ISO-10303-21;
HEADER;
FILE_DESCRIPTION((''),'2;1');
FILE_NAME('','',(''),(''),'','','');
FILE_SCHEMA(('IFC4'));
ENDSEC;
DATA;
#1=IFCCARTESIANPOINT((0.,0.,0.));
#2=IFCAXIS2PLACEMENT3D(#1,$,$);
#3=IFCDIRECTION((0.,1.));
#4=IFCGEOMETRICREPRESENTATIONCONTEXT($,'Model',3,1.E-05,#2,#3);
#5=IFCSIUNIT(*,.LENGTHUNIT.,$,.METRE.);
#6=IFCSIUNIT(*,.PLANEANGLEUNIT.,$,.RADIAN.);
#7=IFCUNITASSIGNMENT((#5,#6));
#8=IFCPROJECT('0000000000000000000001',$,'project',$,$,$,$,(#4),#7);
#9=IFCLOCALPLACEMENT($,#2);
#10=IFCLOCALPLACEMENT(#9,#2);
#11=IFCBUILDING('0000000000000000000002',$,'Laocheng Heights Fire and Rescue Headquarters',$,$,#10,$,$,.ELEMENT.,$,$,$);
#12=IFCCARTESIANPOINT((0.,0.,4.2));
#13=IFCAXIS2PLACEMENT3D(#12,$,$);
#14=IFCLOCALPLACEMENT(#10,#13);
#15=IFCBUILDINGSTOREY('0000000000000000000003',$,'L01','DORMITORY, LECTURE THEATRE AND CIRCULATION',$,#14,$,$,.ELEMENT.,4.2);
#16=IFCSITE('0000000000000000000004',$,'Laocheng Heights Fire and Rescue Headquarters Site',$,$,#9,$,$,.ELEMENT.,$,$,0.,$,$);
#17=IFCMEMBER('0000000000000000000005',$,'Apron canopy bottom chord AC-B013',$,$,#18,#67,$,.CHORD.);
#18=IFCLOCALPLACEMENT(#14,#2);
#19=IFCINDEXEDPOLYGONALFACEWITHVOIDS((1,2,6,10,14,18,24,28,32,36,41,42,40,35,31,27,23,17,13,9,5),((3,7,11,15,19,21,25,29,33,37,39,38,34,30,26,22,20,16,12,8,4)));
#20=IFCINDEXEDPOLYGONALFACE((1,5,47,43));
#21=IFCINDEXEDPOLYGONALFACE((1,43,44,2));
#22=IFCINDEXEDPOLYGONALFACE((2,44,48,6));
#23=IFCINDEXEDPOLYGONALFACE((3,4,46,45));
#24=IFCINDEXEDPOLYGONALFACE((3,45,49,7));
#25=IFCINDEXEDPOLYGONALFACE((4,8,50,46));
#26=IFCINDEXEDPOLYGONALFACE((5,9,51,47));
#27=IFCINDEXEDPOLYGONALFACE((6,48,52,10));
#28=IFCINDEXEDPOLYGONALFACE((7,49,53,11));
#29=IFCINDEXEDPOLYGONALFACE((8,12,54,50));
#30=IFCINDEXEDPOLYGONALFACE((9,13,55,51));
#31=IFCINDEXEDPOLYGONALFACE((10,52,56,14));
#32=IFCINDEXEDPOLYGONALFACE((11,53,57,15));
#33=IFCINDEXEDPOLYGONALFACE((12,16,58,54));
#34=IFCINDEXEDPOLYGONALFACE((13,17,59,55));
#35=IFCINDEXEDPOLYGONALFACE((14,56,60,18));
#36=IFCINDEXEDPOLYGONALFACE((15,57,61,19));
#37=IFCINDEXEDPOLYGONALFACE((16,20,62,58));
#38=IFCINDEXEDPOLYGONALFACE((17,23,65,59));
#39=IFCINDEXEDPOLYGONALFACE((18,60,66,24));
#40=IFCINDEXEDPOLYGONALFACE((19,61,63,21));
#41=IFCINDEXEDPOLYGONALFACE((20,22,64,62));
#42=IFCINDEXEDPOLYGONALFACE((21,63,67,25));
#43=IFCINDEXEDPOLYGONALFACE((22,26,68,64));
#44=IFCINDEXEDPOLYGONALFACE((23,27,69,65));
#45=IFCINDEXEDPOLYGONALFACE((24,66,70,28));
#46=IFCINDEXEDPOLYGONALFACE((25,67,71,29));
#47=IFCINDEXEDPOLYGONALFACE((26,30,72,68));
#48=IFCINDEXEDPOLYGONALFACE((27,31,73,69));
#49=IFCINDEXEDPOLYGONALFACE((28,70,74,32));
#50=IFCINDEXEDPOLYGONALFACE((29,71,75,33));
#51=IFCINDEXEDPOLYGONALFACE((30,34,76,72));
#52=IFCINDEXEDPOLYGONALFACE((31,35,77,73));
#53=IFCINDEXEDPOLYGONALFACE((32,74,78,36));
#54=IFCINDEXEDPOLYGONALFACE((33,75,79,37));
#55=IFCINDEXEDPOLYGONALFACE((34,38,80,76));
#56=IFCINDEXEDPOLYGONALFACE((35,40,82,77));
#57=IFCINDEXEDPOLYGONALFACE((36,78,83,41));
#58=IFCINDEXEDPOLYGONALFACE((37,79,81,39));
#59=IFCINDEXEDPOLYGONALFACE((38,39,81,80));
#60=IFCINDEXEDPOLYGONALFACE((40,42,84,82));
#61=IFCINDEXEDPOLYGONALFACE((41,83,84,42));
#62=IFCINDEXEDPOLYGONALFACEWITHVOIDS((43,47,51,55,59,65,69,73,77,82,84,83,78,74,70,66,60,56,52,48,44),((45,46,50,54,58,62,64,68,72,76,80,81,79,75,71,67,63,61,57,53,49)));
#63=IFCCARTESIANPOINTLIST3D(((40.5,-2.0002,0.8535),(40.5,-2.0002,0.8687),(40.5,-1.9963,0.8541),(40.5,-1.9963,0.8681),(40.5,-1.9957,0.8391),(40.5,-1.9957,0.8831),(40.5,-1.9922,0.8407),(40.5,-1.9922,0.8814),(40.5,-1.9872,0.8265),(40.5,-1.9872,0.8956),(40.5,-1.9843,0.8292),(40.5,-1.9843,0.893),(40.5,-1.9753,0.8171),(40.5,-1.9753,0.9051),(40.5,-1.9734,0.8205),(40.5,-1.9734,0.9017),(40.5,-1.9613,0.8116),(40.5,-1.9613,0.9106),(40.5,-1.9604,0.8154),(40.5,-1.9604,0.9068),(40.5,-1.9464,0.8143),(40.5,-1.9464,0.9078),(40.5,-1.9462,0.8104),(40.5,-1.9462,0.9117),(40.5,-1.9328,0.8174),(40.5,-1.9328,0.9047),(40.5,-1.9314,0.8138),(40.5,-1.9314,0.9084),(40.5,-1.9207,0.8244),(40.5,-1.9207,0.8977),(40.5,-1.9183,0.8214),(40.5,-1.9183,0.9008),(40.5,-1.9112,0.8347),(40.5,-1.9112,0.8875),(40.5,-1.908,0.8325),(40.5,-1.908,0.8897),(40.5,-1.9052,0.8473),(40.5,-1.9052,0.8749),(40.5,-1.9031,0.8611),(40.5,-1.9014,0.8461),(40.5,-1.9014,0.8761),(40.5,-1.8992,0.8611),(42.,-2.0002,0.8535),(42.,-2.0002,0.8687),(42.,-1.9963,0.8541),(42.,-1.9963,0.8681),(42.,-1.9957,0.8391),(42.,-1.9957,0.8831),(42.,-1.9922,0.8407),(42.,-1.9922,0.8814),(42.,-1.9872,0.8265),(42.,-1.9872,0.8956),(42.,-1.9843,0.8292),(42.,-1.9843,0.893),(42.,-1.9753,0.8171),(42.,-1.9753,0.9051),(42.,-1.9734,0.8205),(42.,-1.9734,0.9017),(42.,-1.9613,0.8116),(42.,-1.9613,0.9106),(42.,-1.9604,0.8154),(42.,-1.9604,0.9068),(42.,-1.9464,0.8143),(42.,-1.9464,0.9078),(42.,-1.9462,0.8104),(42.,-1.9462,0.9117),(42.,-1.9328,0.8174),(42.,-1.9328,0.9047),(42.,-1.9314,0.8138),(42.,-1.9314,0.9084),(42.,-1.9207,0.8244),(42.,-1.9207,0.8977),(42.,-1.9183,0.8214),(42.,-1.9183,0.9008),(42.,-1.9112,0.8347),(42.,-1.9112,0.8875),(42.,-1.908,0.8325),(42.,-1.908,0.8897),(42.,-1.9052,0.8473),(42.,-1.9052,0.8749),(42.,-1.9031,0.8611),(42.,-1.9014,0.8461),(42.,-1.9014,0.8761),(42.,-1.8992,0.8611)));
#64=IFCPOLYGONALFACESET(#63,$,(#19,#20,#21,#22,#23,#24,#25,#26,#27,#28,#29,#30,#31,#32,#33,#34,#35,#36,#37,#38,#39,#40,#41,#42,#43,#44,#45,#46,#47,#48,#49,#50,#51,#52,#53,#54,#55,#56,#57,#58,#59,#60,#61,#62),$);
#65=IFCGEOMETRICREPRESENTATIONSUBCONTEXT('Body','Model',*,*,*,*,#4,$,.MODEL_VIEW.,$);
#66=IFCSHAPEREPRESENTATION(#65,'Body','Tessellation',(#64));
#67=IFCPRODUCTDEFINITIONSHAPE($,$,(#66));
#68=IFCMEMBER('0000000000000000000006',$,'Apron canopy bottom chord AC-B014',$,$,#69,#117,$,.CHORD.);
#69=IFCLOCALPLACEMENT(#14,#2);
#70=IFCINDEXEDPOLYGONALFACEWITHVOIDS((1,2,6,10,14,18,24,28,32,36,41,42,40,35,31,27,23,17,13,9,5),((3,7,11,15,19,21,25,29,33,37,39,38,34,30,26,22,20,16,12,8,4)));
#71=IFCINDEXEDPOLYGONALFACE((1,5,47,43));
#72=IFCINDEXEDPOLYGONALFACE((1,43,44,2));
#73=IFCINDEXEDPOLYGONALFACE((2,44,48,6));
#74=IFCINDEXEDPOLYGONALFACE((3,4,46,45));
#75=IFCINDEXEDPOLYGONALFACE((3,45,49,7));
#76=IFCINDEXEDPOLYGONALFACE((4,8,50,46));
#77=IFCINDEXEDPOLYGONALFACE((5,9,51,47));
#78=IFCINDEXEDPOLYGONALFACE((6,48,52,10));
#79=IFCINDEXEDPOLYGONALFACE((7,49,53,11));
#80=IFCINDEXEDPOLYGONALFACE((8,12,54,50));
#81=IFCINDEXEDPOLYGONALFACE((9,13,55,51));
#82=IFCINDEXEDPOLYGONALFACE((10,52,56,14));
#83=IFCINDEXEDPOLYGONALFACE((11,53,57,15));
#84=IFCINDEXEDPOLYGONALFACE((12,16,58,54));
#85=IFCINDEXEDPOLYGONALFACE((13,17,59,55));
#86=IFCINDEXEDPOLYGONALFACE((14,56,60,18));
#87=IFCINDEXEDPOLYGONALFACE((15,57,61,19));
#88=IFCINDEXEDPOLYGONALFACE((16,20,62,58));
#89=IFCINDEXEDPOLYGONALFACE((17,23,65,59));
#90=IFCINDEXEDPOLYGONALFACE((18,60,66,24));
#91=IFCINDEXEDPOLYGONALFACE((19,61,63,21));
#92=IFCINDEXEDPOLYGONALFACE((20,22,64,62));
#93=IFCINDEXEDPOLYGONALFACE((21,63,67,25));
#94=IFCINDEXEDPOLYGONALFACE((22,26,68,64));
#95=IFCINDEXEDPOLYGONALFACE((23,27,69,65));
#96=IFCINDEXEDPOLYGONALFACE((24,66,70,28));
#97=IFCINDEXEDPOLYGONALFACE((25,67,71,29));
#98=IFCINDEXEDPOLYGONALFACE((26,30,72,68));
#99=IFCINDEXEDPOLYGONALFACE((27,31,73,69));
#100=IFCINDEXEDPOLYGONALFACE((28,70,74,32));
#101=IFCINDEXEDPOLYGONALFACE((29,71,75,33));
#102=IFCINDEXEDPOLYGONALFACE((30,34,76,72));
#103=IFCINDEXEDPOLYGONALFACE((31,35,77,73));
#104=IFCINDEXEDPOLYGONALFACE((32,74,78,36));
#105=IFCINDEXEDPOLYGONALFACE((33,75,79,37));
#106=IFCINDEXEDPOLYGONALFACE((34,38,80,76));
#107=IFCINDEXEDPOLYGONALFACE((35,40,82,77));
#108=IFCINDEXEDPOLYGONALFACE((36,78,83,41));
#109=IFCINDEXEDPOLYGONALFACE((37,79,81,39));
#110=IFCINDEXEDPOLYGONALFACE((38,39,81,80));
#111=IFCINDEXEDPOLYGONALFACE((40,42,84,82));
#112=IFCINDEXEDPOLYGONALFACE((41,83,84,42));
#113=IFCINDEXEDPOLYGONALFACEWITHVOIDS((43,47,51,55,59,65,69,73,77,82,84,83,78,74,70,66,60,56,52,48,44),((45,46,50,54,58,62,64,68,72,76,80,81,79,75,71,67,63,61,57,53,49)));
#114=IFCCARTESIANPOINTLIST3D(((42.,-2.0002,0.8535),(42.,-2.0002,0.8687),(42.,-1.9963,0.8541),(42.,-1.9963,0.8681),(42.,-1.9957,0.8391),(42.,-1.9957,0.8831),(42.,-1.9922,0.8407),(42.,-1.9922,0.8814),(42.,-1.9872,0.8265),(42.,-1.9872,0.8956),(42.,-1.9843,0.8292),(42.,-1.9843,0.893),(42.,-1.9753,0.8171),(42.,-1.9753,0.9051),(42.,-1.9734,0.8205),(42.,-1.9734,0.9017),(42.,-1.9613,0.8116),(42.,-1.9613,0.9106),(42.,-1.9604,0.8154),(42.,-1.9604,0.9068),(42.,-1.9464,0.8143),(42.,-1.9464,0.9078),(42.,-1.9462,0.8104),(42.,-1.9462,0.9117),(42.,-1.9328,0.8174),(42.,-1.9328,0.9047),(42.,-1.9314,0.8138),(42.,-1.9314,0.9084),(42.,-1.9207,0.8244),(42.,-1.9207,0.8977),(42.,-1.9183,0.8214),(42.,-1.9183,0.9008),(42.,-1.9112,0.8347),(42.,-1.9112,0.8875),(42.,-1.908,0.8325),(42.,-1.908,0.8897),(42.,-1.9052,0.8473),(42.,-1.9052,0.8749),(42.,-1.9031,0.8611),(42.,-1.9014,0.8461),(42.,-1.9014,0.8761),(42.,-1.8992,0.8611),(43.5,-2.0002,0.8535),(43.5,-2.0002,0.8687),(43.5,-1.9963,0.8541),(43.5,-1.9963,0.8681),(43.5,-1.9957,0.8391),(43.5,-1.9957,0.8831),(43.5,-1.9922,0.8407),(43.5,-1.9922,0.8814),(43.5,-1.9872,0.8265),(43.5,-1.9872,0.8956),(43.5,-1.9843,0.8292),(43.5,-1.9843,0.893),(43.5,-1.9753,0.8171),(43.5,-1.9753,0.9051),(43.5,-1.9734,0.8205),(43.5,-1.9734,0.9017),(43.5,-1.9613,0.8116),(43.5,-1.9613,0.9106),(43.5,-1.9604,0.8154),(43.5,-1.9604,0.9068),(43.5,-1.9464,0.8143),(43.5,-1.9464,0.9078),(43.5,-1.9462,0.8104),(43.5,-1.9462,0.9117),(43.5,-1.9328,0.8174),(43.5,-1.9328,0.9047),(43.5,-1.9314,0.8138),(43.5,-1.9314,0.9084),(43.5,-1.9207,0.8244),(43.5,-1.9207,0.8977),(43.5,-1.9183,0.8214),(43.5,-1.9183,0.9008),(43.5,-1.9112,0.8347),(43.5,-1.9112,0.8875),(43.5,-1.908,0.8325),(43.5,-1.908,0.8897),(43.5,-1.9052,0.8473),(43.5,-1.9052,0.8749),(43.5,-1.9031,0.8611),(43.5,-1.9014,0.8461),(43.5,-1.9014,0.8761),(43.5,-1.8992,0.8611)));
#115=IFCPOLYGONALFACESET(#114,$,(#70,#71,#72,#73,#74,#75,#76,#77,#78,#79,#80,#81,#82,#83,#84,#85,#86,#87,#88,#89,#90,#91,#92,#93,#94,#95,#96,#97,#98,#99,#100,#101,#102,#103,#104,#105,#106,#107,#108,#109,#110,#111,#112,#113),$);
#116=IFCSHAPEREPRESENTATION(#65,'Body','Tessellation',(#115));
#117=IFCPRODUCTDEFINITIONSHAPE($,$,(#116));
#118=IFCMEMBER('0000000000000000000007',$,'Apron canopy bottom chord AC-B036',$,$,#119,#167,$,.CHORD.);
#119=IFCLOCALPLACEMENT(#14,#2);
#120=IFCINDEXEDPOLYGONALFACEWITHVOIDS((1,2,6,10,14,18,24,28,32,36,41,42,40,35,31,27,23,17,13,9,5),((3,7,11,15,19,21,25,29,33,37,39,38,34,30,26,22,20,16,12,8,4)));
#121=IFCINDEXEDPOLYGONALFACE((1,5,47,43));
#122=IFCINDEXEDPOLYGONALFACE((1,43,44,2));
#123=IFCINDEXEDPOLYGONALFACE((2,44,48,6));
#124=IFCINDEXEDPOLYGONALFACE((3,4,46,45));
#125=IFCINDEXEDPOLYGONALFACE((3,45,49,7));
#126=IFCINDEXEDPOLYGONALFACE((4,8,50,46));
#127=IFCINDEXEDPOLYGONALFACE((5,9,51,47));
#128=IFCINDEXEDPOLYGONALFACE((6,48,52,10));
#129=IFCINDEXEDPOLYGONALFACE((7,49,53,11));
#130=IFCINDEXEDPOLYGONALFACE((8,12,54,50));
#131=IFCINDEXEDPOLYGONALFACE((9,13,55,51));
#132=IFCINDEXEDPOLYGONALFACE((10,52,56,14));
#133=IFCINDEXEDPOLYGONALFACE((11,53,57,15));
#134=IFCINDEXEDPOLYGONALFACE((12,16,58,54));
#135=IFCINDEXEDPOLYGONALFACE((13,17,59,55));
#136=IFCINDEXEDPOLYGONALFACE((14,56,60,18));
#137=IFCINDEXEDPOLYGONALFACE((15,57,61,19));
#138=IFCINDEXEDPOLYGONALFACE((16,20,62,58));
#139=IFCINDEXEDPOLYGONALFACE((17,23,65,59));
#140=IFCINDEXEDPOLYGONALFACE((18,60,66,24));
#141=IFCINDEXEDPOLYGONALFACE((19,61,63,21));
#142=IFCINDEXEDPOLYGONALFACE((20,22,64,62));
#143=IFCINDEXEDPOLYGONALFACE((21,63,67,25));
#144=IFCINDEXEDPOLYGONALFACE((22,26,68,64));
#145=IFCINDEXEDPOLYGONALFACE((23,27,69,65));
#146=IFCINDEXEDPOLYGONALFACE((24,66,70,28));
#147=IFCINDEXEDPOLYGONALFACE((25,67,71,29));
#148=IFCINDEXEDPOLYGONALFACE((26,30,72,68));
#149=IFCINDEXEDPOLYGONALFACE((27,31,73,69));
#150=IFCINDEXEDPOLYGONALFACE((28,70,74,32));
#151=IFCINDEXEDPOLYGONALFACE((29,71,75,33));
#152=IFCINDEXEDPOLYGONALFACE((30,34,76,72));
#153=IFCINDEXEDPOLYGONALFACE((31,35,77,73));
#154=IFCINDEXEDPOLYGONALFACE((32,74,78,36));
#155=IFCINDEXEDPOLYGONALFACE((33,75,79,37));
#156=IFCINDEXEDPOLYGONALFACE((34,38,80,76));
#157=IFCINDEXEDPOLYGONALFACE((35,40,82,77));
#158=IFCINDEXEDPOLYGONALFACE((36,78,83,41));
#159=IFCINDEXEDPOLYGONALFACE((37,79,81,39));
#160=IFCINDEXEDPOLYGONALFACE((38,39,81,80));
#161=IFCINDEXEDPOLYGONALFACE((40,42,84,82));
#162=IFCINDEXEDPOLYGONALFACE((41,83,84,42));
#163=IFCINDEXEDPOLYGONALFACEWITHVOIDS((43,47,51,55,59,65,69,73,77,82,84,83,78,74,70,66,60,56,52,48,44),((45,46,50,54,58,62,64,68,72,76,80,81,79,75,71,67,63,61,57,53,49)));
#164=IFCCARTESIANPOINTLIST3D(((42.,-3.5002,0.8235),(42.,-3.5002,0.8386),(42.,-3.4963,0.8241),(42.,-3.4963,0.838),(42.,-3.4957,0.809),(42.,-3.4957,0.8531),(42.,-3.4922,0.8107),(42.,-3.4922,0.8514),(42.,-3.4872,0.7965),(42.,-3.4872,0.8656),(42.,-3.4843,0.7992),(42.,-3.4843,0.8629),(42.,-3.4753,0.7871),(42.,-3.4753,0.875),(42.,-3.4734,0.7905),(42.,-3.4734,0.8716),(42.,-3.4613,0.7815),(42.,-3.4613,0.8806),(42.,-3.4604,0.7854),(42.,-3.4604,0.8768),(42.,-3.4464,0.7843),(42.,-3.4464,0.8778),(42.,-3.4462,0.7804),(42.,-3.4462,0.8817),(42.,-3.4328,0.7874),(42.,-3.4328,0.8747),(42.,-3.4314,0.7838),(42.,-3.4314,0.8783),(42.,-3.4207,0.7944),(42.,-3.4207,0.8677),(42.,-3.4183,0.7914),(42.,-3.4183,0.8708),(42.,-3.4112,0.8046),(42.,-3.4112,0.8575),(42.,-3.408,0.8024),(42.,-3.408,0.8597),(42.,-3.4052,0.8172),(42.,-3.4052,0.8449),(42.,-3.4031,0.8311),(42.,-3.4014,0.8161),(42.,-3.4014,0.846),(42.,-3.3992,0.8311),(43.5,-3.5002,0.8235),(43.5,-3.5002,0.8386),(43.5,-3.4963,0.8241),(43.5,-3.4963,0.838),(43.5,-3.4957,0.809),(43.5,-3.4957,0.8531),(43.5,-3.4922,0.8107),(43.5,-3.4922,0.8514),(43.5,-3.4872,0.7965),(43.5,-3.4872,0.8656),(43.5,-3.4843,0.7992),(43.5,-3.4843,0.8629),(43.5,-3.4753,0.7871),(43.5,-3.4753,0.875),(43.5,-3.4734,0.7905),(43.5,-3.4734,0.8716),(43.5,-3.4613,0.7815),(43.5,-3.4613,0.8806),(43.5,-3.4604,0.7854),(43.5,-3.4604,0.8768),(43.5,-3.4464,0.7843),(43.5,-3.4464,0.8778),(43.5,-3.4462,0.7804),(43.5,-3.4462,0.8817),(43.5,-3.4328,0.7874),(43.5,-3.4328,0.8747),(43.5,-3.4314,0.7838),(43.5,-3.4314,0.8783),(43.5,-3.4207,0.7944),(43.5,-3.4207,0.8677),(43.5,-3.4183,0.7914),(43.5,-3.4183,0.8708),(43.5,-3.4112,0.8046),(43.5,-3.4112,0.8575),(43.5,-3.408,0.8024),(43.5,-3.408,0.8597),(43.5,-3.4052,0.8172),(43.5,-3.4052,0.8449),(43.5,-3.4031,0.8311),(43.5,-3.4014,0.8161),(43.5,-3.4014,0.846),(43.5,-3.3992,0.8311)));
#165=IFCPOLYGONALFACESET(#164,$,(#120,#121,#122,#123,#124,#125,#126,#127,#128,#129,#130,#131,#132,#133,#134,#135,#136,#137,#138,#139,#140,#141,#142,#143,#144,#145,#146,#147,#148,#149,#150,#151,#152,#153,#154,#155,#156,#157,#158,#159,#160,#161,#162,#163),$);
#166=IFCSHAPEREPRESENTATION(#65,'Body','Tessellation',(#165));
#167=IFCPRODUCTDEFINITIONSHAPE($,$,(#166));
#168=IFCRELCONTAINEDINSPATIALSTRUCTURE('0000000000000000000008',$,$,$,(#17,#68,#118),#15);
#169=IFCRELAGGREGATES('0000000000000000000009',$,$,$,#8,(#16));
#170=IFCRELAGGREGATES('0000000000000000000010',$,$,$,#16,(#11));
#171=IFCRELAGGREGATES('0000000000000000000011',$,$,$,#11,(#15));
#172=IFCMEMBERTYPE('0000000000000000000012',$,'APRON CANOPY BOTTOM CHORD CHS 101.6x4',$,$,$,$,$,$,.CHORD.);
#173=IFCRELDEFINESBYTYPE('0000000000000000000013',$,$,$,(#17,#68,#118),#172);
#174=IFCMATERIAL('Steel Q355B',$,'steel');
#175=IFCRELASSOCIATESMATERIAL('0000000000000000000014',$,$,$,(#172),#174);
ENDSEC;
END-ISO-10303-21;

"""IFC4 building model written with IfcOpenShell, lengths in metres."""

from ifc_helpers import new_model, si_unit, direction, frame, origin, origin_2d, place, context, subcontext, project, spatial, hollow_circle, extrude, material, material_profile, profile_set, type_object, element, save


model = new_model("IFC4")

# Units and contexts
model_context = context("Model", 3, precision=1e-05, world=origin(), true_north=direction((0.0, 1.0)))
body_context = subcontext(model_context, "Body", "Model", "MODEL_VIEW")
ifc_project = project(units=[si_unit("LENGTHUNIT", "METRE"), si_unit("PLANEANGLEUNIT", "RADIAN")], contexts=[model_context])

# Site, building, storey
site_placement = place(None, origin())
site = spatial("IfcSite", under=ifc_project, at=site_placement, Name="Laocheng Heights Fire and Rescue Headquarters Site", CompositionType="ELEMENT", RefElevation=0.0)
building_placement = place(site_placement, origin())
building = spatial("IfcBuilding", under=site, at=building_placement, Name="Laocheng Heights Fire and Rescue Headquarters", CompositionType="ELEMENT")
storey_placement = place(building_placement, frame((0.0, 0.0, 4.2)))
storey = spatial("IfcBuildingStorey", under=building, at=storey_placement, Name="L01", Description="DORMITORY, LECTURE THEATRE AND CIRCULATION", CompositionType="ELEMENT", Elevation=4.2)

# Members
ifc_material_1 = material(Name="Steel Q355B", Category="steel")
ifc_material_profile_1 = material_profile(ifc_material_1, hollow_circle(Radius=0.0508, WallThickness=0.0039, at=origin_2d()), Name="CHS 101.6x4")
ifc_profile_set_1 = profile_set([ifc_material_profile_1], Name="Steel Q355B")
member_type_1 = type_object("IfcMemberType", Name="APRON CANOPY BOTTOM CHORD CHS 101.6x4", PredefinedType="CHORD", material=ifc_profile_set_1)
for number, where, z_axis, x_axis, name in (
    (1, (40.5, -1.95, 0.8611), (1.0, 0.0, 0.0), (0.0, 1.0, 0.0), "Apron canopy bottom chord AC-B013"),
    (2, (42.0, -1.95, 0.8611), (1.0, 0.0, 0.0), (0.0, 1.0, 0.0), "Apron canopy bottom chord AC-B014"),
    (3, (42.0, -3.45, 0.8311), (1.0, 0.0, 0.0), (0.0, 1.0, 0.0), "Apron canopy bottom chord AC-B036"),
):
    element("IfcMember", number, at=place(storey_placement, frame(where, z_axis=z_axis, x_axis=x_axis)), inside=storey, type_object=member_type_1, Name=name, PredefinedType="CHORD", context=body_context, shape_type="SweptSolid", body=[
        extrude(hollow_circle(Radius=0.0508, WallThickness=0.0039, at=origin_2d()), origin(), (0.0, 0.0, 1.0), 1.5),
    ])

save(model, "model.ifc")
